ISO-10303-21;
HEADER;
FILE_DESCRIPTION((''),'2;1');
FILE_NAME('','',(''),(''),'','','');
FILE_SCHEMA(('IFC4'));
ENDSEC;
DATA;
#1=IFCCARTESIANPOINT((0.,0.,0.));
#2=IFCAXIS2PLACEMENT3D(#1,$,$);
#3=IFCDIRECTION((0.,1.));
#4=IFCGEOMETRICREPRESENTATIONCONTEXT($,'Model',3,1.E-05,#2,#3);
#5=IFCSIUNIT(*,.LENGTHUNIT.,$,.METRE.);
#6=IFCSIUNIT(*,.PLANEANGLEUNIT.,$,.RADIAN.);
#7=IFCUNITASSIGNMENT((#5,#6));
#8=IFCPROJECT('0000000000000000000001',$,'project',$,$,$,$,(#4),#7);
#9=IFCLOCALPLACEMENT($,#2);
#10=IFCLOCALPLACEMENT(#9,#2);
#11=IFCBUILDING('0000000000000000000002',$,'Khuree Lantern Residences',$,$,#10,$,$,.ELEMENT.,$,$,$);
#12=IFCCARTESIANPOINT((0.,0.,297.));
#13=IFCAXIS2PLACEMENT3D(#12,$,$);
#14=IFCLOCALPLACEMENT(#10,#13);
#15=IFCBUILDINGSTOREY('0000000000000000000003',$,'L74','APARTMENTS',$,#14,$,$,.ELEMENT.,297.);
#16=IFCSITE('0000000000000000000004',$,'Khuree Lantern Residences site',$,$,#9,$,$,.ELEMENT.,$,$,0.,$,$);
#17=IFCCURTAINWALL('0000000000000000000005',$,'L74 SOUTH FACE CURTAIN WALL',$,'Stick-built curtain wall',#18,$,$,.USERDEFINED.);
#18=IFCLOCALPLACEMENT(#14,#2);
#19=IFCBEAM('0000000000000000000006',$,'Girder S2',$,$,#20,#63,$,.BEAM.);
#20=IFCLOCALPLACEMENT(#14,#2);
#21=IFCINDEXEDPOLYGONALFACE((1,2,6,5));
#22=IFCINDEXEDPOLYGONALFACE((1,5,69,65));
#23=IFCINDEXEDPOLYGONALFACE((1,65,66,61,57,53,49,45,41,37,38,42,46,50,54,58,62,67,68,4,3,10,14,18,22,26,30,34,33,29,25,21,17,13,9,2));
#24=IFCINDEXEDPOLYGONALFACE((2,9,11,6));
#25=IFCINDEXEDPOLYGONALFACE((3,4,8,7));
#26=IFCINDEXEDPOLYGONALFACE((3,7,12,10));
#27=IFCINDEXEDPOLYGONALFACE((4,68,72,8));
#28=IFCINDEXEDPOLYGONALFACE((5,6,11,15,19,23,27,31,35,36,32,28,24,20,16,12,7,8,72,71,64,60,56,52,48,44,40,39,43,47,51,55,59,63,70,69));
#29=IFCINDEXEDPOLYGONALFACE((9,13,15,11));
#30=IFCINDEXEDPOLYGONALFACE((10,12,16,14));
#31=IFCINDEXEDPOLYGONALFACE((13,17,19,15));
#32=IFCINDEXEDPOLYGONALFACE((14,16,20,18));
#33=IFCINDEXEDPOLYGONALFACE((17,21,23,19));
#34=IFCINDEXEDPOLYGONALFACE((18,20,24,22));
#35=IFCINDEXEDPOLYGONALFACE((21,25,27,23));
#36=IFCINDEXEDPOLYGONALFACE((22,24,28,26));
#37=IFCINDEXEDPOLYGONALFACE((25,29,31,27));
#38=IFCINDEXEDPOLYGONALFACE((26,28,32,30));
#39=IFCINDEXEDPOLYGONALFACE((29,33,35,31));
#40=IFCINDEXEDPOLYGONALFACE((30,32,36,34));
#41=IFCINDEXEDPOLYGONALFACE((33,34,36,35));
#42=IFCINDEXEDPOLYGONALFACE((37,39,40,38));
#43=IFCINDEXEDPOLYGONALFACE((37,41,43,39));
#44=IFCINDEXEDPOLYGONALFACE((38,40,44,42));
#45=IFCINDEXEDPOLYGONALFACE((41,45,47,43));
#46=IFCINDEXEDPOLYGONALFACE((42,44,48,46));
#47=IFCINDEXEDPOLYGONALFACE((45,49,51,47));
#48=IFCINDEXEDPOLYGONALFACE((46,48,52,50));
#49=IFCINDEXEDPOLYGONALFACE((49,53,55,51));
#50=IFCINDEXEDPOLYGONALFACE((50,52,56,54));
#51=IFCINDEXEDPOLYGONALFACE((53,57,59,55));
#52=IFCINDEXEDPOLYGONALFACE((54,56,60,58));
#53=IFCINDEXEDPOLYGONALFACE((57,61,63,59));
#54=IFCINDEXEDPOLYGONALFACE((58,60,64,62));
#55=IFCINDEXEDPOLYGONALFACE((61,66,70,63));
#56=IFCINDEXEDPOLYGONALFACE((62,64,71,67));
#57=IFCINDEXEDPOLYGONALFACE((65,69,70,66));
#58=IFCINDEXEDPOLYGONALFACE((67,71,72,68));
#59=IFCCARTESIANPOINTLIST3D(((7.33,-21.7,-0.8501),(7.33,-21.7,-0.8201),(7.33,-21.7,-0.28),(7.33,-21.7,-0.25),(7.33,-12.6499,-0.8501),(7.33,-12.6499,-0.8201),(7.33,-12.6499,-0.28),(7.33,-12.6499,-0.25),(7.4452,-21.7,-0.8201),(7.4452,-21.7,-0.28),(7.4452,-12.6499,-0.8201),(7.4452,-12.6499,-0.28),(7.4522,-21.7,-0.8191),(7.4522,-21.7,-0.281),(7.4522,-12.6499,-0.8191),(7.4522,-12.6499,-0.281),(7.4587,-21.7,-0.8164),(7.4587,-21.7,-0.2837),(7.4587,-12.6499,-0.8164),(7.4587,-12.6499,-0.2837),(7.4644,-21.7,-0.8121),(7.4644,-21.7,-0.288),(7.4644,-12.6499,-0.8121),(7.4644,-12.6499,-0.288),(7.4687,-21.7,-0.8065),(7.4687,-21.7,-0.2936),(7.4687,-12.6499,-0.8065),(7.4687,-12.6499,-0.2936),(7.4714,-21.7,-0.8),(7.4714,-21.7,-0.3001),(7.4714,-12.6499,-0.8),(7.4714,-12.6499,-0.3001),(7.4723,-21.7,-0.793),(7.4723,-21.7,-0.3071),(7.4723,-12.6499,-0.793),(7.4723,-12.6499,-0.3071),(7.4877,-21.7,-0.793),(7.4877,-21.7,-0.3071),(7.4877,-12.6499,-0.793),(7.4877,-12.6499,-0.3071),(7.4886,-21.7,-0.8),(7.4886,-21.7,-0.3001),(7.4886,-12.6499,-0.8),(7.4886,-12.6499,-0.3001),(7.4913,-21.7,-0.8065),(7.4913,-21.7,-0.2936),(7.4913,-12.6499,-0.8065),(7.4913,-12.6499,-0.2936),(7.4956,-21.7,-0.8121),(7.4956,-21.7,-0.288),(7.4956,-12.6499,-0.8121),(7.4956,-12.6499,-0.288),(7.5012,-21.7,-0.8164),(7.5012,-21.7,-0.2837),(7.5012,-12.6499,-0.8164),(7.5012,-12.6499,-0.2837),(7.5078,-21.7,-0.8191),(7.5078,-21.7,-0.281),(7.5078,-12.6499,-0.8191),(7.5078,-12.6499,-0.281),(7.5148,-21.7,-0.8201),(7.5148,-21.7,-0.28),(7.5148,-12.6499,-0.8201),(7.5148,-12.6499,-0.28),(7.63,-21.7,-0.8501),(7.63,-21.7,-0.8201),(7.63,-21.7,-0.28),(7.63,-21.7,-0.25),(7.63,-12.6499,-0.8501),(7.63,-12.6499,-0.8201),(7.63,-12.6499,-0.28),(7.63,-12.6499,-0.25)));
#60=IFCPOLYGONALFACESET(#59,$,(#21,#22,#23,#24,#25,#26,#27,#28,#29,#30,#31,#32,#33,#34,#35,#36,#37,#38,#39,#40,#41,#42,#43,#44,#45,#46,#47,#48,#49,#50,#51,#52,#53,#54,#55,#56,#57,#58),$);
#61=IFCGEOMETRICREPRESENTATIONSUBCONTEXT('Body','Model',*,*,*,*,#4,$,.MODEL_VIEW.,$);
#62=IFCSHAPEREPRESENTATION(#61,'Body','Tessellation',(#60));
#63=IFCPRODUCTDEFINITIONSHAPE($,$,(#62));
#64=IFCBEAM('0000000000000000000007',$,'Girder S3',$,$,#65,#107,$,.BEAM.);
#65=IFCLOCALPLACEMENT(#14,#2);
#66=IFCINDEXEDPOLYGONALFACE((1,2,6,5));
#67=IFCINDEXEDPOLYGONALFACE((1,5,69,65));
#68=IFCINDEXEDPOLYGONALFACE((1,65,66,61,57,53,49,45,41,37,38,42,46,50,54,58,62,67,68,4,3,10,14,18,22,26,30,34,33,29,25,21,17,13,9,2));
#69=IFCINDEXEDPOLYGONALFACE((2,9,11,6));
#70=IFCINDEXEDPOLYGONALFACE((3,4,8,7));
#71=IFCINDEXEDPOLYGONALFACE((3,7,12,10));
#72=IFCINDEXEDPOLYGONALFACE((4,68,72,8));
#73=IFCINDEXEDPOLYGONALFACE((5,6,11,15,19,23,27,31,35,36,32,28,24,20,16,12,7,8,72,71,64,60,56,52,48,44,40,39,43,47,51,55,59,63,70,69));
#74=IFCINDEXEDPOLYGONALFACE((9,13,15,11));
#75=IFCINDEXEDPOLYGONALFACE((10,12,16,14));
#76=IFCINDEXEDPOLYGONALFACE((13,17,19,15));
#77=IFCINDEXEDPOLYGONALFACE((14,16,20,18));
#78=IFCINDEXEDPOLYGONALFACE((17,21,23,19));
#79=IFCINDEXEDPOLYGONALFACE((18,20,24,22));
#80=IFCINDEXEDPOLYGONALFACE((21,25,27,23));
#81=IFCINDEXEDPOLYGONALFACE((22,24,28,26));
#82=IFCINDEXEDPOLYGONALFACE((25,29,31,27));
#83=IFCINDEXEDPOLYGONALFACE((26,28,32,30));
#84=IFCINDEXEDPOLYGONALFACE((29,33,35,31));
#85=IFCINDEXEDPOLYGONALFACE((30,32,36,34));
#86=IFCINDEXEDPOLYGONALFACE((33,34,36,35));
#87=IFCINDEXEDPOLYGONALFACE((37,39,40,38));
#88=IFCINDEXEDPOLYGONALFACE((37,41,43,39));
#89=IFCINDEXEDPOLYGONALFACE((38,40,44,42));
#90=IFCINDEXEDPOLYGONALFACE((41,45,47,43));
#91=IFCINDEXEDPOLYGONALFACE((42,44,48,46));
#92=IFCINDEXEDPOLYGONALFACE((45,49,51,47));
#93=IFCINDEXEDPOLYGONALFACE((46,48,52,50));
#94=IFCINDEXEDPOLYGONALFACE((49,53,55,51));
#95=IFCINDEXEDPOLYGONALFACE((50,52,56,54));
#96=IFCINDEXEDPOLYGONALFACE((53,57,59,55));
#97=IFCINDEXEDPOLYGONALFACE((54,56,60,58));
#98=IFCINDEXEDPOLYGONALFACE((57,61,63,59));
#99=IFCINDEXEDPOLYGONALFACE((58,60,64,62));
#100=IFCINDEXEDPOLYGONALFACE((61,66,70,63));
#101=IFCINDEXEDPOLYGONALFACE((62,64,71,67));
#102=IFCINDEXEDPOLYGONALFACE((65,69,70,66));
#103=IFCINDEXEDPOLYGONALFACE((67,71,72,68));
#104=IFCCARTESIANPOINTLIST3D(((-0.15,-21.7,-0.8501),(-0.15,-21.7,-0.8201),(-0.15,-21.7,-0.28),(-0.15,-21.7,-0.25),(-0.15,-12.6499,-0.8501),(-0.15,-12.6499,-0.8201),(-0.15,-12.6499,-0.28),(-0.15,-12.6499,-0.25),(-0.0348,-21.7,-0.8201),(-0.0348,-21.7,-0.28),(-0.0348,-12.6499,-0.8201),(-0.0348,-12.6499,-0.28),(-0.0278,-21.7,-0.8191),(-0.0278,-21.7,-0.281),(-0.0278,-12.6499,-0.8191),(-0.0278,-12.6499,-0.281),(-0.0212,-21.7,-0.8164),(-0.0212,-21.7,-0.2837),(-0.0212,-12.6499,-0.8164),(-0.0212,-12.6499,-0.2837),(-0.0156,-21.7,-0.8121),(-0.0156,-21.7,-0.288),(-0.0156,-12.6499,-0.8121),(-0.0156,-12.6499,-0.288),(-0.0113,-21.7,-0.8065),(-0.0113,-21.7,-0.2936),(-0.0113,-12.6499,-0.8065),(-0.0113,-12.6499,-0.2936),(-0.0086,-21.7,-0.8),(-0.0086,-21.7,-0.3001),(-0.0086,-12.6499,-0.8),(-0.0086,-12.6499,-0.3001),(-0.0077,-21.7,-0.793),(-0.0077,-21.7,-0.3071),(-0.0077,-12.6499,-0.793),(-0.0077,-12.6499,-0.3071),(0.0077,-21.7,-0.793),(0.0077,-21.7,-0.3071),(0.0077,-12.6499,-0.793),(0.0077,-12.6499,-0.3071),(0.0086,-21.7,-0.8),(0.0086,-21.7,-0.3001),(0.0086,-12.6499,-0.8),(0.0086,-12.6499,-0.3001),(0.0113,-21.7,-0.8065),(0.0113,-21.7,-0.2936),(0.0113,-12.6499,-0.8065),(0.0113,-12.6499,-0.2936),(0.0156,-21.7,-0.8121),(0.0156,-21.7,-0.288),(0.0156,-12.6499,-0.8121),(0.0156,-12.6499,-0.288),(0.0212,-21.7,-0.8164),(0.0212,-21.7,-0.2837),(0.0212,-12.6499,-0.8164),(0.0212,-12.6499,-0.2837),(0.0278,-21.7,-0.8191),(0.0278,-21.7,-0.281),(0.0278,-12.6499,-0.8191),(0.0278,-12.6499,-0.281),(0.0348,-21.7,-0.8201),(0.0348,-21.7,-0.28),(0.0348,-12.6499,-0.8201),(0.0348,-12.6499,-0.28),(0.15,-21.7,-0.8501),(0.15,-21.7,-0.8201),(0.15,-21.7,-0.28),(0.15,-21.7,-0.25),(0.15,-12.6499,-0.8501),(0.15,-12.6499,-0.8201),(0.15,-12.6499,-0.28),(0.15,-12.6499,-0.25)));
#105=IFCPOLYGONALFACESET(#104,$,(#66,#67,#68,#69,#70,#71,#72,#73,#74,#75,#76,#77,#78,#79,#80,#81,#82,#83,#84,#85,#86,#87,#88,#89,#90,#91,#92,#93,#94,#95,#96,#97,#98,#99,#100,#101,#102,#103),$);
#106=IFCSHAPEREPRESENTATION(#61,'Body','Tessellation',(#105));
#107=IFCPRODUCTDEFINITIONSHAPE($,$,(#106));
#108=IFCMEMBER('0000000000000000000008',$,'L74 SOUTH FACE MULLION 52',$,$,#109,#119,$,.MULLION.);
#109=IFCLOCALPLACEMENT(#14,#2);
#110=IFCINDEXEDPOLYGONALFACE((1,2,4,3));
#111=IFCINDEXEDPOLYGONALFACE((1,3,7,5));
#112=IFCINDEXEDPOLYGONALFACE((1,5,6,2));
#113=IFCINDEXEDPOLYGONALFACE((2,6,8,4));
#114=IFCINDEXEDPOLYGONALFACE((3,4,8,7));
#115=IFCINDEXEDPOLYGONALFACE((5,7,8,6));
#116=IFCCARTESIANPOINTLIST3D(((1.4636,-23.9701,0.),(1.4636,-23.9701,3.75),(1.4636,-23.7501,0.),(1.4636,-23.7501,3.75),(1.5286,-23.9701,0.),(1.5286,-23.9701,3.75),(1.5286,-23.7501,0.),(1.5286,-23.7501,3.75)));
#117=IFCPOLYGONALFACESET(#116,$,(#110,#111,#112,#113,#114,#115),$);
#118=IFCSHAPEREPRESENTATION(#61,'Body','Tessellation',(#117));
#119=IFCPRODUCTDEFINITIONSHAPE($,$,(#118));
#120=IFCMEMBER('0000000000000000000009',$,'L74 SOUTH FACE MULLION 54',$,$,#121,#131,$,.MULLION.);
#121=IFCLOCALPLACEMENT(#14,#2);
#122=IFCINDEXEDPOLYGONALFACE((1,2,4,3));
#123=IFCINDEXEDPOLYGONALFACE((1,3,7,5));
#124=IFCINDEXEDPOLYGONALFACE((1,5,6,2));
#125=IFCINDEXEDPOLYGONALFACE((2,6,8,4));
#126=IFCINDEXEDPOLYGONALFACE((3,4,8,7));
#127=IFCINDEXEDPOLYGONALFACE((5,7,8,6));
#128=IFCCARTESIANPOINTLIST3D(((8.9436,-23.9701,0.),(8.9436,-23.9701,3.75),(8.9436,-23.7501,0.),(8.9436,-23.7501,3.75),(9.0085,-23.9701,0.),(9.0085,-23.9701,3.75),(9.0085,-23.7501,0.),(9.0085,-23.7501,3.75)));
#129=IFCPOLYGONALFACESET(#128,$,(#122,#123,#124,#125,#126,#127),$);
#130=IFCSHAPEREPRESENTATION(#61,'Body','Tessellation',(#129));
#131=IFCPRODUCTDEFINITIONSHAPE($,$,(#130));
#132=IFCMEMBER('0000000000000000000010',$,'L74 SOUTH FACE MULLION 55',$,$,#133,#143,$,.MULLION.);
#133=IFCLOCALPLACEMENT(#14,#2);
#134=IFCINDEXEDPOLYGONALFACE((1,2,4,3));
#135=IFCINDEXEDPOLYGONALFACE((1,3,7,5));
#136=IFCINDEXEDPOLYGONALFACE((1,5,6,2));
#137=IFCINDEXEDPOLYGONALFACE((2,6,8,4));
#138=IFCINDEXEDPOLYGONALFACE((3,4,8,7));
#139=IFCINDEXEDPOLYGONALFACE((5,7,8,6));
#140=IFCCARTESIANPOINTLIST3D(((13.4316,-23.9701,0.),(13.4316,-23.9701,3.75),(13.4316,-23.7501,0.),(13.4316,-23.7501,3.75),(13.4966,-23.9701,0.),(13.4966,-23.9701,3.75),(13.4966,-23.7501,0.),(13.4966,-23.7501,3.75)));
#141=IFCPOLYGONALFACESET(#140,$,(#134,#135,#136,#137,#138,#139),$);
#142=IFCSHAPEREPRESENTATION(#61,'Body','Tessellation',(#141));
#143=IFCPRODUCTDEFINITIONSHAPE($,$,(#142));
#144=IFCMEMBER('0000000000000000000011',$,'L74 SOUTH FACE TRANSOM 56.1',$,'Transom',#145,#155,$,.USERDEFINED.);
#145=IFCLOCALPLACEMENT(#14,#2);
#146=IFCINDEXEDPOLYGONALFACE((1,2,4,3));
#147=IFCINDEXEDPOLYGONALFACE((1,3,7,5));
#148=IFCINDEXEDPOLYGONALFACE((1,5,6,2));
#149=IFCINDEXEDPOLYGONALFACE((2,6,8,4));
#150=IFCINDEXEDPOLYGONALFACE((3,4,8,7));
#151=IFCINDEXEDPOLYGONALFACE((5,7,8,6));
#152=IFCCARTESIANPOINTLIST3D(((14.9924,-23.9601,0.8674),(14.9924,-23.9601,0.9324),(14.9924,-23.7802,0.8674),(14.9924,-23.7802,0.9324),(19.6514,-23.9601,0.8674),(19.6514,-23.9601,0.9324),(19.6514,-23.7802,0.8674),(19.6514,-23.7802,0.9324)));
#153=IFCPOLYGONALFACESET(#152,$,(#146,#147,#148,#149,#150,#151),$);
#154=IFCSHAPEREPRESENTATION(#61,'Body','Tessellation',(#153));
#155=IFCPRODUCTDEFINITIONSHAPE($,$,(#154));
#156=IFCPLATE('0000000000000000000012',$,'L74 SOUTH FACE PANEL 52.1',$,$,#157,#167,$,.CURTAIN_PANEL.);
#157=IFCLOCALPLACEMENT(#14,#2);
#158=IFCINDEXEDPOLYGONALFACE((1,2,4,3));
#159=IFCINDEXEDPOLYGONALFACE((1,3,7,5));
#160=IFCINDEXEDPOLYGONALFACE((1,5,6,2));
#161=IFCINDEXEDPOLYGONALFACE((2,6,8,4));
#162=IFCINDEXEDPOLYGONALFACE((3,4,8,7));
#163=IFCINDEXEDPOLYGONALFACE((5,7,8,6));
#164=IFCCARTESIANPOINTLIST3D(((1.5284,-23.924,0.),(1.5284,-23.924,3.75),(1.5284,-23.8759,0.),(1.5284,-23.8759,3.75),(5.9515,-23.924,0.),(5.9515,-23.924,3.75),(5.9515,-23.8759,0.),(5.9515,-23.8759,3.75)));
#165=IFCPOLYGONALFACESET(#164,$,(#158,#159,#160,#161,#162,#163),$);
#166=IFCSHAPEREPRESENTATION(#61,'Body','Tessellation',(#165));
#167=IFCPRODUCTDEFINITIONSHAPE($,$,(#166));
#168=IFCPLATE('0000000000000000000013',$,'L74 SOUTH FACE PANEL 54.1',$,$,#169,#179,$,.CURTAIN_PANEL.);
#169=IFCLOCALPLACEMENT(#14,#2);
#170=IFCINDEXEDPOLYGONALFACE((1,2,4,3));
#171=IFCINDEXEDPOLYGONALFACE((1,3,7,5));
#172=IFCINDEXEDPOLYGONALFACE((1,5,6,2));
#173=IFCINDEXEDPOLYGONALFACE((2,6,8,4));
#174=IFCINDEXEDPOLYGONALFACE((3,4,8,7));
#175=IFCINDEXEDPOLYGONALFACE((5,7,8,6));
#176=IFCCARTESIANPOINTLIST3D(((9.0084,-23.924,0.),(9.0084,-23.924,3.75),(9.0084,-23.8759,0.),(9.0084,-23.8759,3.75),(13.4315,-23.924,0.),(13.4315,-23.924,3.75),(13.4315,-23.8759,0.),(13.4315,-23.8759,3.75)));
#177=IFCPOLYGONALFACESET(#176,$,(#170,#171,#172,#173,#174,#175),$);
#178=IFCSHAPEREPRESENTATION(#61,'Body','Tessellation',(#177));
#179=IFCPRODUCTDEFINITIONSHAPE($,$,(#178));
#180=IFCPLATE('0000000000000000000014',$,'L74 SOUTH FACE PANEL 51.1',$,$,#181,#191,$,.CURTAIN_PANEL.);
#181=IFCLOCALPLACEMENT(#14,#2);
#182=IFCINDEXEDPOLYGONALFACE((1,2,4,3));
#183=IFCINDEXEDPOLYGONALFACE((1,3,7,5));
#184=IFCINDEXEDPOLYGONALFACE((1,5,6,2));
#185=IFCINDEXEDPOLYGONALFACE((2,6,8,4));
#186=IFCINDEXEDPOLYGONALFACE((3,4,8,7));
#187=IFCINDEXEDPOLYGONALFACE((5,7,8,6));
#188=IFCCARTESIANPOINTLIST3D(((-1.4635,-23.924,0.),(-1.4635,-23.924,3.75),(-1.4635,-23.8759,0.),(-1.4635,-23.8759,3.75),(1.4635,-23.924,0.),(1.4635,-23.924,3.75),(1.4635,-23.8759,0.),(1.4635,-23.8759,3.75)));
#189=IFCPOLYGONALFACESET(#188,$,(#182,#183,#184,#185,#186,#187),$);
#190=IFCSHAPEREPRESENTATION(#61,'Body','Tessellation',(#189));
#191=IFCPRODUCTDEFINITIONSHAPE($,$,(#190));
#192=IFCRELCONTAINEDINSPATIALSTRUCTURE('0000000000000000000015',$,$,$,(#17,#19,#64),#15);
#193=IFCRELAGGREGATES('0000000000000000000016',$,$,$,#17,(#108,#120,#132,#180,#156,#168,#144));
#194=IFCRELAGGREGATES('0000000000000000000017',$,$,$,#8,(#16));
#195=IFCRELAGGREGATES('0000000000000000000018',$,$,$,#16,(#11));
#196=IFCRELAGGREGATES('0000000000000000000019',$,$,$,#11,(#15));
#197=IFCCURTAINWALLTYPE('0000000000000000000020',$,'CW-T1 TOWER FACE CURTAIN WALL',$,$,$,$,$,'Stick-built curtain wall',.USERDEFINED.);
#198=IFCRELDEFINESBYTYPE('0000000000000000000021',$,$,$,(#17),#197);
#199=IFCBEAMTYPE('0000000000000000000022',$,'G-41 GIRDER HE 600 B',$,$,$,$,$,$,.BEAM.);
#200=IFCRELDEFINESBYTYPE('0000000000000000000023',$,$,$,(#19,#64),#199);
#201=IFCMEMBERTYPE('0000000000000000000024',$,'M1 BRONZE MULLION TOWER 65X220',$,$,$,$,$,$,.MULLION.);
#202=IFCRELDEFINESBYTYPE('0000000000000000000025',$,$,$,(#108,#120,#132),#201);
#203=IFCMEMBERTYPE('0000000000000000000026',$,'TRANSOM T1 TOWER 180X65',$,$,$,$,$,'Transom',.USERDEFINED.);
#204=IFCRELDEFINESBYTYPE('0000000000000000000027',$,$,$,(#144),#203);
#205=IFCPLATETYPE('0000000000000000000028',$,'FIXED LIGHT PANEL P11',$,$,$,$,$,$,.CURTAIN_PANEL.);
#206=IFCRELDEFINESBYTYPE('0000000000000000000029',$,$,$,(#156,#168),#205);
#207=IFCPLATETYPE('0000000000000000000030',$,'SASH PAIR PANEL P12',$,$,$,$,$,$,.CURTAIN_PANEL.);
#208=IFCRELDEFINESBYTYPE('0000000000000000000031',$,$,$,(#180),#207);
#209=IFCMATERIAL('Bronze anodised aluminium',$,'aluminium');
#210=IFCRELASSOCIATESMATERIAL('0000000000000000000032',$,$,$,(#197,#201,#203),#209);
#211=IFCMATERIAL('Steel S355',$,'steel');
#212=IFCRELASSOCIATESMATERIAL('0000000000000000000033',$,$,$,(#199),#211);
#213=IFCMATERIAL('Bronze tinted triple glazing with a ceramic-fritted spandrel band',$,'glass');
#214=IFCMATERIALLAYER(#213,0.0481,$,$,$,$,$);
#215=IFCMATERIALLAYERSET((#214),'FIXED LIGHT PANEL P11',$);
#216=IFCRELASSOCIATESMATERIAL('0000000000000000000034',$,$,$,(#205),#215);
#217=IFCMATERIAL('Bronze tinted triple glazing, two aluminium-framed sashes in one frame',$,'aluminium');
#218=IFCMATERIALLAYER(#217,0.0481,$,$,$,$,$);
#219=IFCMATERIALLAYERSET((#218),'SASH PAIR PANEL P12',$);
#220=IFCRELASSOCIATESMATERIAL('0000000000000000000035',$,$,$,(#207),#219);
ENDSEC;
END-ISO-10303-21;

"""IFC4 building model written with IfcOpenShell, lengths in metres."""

from ifc_helpers import new_model, si_unit, direction, frame, origin, origin_2d, place, context, subcontext, project, spatial, rectangle, i_section, extrude, material, layer, layer_set, material_profile, profile_set, type_object, element, aggregate, save


model = new_model("IFC4")

# Units and contexts
model_context = context("Model", 3, precision=1e-05, world=origin(), true_north=direction((0.0, 1.0)))
body_context = subcontext(model_context, "Body", "Model", "MODEL_VIEW")
ifc_project = project(units=[si_unit("LENGTHUNIT", "METRE"), si_unit("PLANEANGLEUNIT", "RADIAN")], contexts=[model_context])

# Site, building, storey
site_placement = place(None, origin())
site = spatial("IfcSite", under=ifc_project, at=site_placement, Name="Khuree Lantern Residences site", CompositionType="ELEMENT", RefElevation=0.0)
building_placement = place(site_placement, origin())
building = spatial("IfcBuilding", under=site, at=building_placement, Name="Khuree Lantern Residences", CompositionType="ELEMENT")
storey_placement = place(building_placement, frame((0.0, 0.0, 297.0)))
storey = spatial("IfcBuildingStorey", under=building, at=storey_placement, Name="L74", Description="APARTMENTS", CompositionType="ELEMENT", Elevation=297.0)

# Shared definitions
ifc_material_1 = material(Name="Steel S355", Category="steel")

# Curtain wall
ifc_material_2 = material(Name="Bronze anodised aluminium", Category="aluminium")
curtain_wall_type = type_object("IfcCurtainWallType", Name="CW-T1 TOWER FACE CURTAIN WALL", ElementType="Stick-built curtain wall", PredefinedType="USERDEFINED", material=ifc_material_2)
curtain_wall_placement = place(storey_placement, origin())
curtain_wall = element("IfcCurtainWall", 1, at=curtain_wall_placement, inside=storey, type_object=curtain_wall_type, Name="L74 SOUTH FACE CURTAIN WALL", ObjectType="Stick-built curtain wall", PredefinedType="USERDEFINED")

# Beams
ifc_material_profile_1 = material_profile(ifc_material_1, i_section(OverallWidth=0.3, OverallDepth=0.6001, WebThickness=0.0154, FlangeThickness=0.03, FilletRadius=0.0271, at=origin_2d()), Name="HE 600 B")
ifc_profile_set_1 = profile_set([ifc_material_profile_1], Name="Steel S355")
beam_type_1 = type_object("IfcBeamType", Name="G-41 GIRDER HE 600 B", PredefinedType="BEAM", material=ifc_profile_set_1)
for number, where, z_axis, x_axis, name in (
    (2, (7.48, -21.7, -0.55), (0.0, 1.0, 0.0), (-1.0, 0.0, 0.0), "Girder S2"),
    (3, (0.0, -21.7, -0.55), (0.0, 1.0, 0.0), (-1.0, 0.0, 0.0), "Girder S3"),
):
    element("IfcBeam", number, at=place(storey_placement, frame(where, z_axis=z_axis, x_axis=x_axis)), inside=storey, type_object=beam_type_1, Name=name, PredefinedType="BEAM", context=body_context, shape_type="SweptSolid", body=[
        extrude(i_section(OverallWidth=0.3, OverallDepth=0.6001, WebThickness=0.0154, FlangeThickness=0.03, FilletRadius=0.0271, at=origin_2d()), origin(), (0.0, 0.0, 1.0), 9.05),
    ])

# Members
ifc_material_profile_2 = material_profile(ifc_material_2, rectangle(XDim=0.0649, YDim=0.22, at=origin_2d()), Name="M1 65X220")
ifc_profile_set_2 = profile_set([ifc_material_profile_2], Name="Bronze anodised aluminium")
member_type_1 = type_object("IfcMemberType", Name="M1 BRONZE MULLION TOWER 65X220", PredefinedType="MULLION", material=ifc_profile_set_2)
member_1_placement = place(storey_placement, frame((1.4961, -23.8601, 0.0), z_axis=(0.0, 0.0, 1.0), x_axis=(1.0, 0.0, 0.0)))
member_1 = element("IfcMember", 4, at=member_1_placement, type_object=member_type_1, Name="L74 SOUTH FACE MULLION 52", PredefinedType="MULLION", context=body_context, shape_type="SweptSolid", body=[
    extrude(rectangle(XDim=0.0649, YDim=0.22, at=origin_2d()), origin(), (0.0, 0.0, 1.0), 3.75),
])
member_2_placement = place(storey_placement, frame((8.9761, -23.8601, 0.0), z_axis=(0.0, 0.0, 1.0), x_axis=(1.0, 0.0, 0.0)))
member_2 = element("IfcMember", 5, at=member_2_placement, type_object=member_type_1, Name="L74 SOUTH FACE MULLION 54", PredefinedType="MULLION", context=body_context, shape_type="SweptSolid", body=[
    extrude(rectangle(XDim=0.0649, YDim=0.22, at=origin_2d()), origin(), (0.0, 0.0, 1.0), 3.75),
])
member_3_placement = place(storey_placement, frame((13.4641, -23.8601, 0.0), z_axis=(0.0, 0.0, 1.0), x_axis=(1.0, 0.0, 0.0)))
member_3 = element("IfcMember", 6, at=member_3_placement, type_object=member_type_1, Name="L74 SOUTH FACE MULLION 55", PredefinedType="MULLION", context=body_context, shape_type="SweptSolid", body=[
    extrude(rectangle(XDim=0.0649, YDim=0.22, at=origin_2d()), origin(), (0.0, 0.0, 1.0), 3.75),
])
ifc_material_profile_3 = material_profile(ifc_material_2, rectangle(XDim=0.1799, YDim=0.0649, at=origin_2d()), Name="T1 180X65")
ifc_profile_set_3 = profile_set([ifc_material_profile_3], Name="Bronze anodised aluminium")
member_type_2 = type_object("IfcMemberType", Name="TRANSOM T1 TOWER 180X65", ElementType="Transom", PredefinedType="USERDEFINED", material=ifc_profile_set_3)
member_4_placement = place(storey_placement, frame((14.9924, -23.8701, 0.8999), z_axis=(1.0, 0.0, 0.0), x_axis=(0.0, 1.0, 0.0)))
member_4 = element("IfcMember", 7, at=member_4_placement, type_object=member_type_2, Name="L74 SOUTH FACE TRANSOM 56.1", ObjectType="Transom", PredefinedType="USERDEFINED", context=body_context, shape_type="SweptSolid", body=[
    extrude(rectangle(XDim=0.1799, YDim=0.0649, at=origin_2d()), origin(), (0.0, 0.0, 1.0), 4.6589),
])

# Plates
ifc_material_3 = material(Name="Bronze tinted triple glazing with a ceramic-fritted spandrel band", Category="glass")
ifc_layer_1 = layer(ifc_material_3, 0.0481)
ifc_layer_set_1 = layer_set([ifc_layer_1], Name="FIXED LIGHT PANEL P11")
plate_type_1 = type_object("IfcPlateType", Name="FIXED LIGHT PANEL P11", PredefinedType="CURTAIN_PANEL", material=ifc_layer_set_1)
plate_1_placement = place(storey_placement, frame((3.74, -23.8999, 0.0), z_axis=(0.0, 0.0, 1.0), x_axis=(1.0, 0.0, 0.0)))
plate_1 = element("IfcPlate", 8, at=plate_1_placement, type_object=plate_type_1, Name="L74 SOUTH FACE PANEL 52.1", PredefinedType="CURTAIN_PANEL", context=body_context, shape_type="SweptSolid", body=[
    extrude(rectangle(XDim=4.4231, YDim=0.0481, at=origin_2d()), origin(), (0.0, 0.0, 1.0), 3.75),
])
plate_2_placement = place(storey_placement, frame((11.22, -23.8999, 0.0), z_axis=(0.0, 0.0, 1.0), x_axis=(1.0, 0.0, 0.0)))
plate_2 = element("IfcPlate", 9, at=plate_2_placement, type_object=plate_type_1, Name="L74 SOUTH FACE PANEL 54.1", PredefinedType="CURTAIN_PANEL", context=body_context, shape_type="SweptSolid", body=[
    extrude(rectangle(XDim=4.4231, YDim=0.0481, at=origin_2d()), origin(), (0.0, 0.0, 1.0), 3.75),
])
ifc_material_4 = material(Name="Bronze tinted triple glazing, two aluminium-framed sashes in one frame", Category="aluminium")
ifc_layer_2 = layer(ifc_material_4, 0.0481)
ifc_layer_set_2 = layer_set([ifc_layer_2], Name="SASH PAIR PANEL P12")
plate_type_2 = type_object("IfcPlateType", Name="SASH PAIR PANEL P12", PredefinedType="CURTAIN_PANEL", material=ifc_layer_set_2)
plate_3_placement = place(storey_placement, frame((0.0, -23.8999, 0.0), z_axis=(0.0, 0.0, 1.0), x_axis=(1.0, 0.0, 0.0)))
plate_3 = element("IfcPlate", 10, at=plate_3_placement, type_object=plate_type_2, Name="L74 SOUTH FACE PANEL 51.1", PredefinedType="CURTAIN_PANEL", context=body_context, shape_type="SweptSolid", body=[
    extrude(rectangle(XDim=2.927, YDim=0.0481, at=origin_2d()), origin(), (0.0, 0.0, 1.0), 3.75),
])
aggregate(curtain_wall, [member_1, member_2, member_3, plate_3, plate_1, plate_2, member_4])

save(model, "model.ifc")
